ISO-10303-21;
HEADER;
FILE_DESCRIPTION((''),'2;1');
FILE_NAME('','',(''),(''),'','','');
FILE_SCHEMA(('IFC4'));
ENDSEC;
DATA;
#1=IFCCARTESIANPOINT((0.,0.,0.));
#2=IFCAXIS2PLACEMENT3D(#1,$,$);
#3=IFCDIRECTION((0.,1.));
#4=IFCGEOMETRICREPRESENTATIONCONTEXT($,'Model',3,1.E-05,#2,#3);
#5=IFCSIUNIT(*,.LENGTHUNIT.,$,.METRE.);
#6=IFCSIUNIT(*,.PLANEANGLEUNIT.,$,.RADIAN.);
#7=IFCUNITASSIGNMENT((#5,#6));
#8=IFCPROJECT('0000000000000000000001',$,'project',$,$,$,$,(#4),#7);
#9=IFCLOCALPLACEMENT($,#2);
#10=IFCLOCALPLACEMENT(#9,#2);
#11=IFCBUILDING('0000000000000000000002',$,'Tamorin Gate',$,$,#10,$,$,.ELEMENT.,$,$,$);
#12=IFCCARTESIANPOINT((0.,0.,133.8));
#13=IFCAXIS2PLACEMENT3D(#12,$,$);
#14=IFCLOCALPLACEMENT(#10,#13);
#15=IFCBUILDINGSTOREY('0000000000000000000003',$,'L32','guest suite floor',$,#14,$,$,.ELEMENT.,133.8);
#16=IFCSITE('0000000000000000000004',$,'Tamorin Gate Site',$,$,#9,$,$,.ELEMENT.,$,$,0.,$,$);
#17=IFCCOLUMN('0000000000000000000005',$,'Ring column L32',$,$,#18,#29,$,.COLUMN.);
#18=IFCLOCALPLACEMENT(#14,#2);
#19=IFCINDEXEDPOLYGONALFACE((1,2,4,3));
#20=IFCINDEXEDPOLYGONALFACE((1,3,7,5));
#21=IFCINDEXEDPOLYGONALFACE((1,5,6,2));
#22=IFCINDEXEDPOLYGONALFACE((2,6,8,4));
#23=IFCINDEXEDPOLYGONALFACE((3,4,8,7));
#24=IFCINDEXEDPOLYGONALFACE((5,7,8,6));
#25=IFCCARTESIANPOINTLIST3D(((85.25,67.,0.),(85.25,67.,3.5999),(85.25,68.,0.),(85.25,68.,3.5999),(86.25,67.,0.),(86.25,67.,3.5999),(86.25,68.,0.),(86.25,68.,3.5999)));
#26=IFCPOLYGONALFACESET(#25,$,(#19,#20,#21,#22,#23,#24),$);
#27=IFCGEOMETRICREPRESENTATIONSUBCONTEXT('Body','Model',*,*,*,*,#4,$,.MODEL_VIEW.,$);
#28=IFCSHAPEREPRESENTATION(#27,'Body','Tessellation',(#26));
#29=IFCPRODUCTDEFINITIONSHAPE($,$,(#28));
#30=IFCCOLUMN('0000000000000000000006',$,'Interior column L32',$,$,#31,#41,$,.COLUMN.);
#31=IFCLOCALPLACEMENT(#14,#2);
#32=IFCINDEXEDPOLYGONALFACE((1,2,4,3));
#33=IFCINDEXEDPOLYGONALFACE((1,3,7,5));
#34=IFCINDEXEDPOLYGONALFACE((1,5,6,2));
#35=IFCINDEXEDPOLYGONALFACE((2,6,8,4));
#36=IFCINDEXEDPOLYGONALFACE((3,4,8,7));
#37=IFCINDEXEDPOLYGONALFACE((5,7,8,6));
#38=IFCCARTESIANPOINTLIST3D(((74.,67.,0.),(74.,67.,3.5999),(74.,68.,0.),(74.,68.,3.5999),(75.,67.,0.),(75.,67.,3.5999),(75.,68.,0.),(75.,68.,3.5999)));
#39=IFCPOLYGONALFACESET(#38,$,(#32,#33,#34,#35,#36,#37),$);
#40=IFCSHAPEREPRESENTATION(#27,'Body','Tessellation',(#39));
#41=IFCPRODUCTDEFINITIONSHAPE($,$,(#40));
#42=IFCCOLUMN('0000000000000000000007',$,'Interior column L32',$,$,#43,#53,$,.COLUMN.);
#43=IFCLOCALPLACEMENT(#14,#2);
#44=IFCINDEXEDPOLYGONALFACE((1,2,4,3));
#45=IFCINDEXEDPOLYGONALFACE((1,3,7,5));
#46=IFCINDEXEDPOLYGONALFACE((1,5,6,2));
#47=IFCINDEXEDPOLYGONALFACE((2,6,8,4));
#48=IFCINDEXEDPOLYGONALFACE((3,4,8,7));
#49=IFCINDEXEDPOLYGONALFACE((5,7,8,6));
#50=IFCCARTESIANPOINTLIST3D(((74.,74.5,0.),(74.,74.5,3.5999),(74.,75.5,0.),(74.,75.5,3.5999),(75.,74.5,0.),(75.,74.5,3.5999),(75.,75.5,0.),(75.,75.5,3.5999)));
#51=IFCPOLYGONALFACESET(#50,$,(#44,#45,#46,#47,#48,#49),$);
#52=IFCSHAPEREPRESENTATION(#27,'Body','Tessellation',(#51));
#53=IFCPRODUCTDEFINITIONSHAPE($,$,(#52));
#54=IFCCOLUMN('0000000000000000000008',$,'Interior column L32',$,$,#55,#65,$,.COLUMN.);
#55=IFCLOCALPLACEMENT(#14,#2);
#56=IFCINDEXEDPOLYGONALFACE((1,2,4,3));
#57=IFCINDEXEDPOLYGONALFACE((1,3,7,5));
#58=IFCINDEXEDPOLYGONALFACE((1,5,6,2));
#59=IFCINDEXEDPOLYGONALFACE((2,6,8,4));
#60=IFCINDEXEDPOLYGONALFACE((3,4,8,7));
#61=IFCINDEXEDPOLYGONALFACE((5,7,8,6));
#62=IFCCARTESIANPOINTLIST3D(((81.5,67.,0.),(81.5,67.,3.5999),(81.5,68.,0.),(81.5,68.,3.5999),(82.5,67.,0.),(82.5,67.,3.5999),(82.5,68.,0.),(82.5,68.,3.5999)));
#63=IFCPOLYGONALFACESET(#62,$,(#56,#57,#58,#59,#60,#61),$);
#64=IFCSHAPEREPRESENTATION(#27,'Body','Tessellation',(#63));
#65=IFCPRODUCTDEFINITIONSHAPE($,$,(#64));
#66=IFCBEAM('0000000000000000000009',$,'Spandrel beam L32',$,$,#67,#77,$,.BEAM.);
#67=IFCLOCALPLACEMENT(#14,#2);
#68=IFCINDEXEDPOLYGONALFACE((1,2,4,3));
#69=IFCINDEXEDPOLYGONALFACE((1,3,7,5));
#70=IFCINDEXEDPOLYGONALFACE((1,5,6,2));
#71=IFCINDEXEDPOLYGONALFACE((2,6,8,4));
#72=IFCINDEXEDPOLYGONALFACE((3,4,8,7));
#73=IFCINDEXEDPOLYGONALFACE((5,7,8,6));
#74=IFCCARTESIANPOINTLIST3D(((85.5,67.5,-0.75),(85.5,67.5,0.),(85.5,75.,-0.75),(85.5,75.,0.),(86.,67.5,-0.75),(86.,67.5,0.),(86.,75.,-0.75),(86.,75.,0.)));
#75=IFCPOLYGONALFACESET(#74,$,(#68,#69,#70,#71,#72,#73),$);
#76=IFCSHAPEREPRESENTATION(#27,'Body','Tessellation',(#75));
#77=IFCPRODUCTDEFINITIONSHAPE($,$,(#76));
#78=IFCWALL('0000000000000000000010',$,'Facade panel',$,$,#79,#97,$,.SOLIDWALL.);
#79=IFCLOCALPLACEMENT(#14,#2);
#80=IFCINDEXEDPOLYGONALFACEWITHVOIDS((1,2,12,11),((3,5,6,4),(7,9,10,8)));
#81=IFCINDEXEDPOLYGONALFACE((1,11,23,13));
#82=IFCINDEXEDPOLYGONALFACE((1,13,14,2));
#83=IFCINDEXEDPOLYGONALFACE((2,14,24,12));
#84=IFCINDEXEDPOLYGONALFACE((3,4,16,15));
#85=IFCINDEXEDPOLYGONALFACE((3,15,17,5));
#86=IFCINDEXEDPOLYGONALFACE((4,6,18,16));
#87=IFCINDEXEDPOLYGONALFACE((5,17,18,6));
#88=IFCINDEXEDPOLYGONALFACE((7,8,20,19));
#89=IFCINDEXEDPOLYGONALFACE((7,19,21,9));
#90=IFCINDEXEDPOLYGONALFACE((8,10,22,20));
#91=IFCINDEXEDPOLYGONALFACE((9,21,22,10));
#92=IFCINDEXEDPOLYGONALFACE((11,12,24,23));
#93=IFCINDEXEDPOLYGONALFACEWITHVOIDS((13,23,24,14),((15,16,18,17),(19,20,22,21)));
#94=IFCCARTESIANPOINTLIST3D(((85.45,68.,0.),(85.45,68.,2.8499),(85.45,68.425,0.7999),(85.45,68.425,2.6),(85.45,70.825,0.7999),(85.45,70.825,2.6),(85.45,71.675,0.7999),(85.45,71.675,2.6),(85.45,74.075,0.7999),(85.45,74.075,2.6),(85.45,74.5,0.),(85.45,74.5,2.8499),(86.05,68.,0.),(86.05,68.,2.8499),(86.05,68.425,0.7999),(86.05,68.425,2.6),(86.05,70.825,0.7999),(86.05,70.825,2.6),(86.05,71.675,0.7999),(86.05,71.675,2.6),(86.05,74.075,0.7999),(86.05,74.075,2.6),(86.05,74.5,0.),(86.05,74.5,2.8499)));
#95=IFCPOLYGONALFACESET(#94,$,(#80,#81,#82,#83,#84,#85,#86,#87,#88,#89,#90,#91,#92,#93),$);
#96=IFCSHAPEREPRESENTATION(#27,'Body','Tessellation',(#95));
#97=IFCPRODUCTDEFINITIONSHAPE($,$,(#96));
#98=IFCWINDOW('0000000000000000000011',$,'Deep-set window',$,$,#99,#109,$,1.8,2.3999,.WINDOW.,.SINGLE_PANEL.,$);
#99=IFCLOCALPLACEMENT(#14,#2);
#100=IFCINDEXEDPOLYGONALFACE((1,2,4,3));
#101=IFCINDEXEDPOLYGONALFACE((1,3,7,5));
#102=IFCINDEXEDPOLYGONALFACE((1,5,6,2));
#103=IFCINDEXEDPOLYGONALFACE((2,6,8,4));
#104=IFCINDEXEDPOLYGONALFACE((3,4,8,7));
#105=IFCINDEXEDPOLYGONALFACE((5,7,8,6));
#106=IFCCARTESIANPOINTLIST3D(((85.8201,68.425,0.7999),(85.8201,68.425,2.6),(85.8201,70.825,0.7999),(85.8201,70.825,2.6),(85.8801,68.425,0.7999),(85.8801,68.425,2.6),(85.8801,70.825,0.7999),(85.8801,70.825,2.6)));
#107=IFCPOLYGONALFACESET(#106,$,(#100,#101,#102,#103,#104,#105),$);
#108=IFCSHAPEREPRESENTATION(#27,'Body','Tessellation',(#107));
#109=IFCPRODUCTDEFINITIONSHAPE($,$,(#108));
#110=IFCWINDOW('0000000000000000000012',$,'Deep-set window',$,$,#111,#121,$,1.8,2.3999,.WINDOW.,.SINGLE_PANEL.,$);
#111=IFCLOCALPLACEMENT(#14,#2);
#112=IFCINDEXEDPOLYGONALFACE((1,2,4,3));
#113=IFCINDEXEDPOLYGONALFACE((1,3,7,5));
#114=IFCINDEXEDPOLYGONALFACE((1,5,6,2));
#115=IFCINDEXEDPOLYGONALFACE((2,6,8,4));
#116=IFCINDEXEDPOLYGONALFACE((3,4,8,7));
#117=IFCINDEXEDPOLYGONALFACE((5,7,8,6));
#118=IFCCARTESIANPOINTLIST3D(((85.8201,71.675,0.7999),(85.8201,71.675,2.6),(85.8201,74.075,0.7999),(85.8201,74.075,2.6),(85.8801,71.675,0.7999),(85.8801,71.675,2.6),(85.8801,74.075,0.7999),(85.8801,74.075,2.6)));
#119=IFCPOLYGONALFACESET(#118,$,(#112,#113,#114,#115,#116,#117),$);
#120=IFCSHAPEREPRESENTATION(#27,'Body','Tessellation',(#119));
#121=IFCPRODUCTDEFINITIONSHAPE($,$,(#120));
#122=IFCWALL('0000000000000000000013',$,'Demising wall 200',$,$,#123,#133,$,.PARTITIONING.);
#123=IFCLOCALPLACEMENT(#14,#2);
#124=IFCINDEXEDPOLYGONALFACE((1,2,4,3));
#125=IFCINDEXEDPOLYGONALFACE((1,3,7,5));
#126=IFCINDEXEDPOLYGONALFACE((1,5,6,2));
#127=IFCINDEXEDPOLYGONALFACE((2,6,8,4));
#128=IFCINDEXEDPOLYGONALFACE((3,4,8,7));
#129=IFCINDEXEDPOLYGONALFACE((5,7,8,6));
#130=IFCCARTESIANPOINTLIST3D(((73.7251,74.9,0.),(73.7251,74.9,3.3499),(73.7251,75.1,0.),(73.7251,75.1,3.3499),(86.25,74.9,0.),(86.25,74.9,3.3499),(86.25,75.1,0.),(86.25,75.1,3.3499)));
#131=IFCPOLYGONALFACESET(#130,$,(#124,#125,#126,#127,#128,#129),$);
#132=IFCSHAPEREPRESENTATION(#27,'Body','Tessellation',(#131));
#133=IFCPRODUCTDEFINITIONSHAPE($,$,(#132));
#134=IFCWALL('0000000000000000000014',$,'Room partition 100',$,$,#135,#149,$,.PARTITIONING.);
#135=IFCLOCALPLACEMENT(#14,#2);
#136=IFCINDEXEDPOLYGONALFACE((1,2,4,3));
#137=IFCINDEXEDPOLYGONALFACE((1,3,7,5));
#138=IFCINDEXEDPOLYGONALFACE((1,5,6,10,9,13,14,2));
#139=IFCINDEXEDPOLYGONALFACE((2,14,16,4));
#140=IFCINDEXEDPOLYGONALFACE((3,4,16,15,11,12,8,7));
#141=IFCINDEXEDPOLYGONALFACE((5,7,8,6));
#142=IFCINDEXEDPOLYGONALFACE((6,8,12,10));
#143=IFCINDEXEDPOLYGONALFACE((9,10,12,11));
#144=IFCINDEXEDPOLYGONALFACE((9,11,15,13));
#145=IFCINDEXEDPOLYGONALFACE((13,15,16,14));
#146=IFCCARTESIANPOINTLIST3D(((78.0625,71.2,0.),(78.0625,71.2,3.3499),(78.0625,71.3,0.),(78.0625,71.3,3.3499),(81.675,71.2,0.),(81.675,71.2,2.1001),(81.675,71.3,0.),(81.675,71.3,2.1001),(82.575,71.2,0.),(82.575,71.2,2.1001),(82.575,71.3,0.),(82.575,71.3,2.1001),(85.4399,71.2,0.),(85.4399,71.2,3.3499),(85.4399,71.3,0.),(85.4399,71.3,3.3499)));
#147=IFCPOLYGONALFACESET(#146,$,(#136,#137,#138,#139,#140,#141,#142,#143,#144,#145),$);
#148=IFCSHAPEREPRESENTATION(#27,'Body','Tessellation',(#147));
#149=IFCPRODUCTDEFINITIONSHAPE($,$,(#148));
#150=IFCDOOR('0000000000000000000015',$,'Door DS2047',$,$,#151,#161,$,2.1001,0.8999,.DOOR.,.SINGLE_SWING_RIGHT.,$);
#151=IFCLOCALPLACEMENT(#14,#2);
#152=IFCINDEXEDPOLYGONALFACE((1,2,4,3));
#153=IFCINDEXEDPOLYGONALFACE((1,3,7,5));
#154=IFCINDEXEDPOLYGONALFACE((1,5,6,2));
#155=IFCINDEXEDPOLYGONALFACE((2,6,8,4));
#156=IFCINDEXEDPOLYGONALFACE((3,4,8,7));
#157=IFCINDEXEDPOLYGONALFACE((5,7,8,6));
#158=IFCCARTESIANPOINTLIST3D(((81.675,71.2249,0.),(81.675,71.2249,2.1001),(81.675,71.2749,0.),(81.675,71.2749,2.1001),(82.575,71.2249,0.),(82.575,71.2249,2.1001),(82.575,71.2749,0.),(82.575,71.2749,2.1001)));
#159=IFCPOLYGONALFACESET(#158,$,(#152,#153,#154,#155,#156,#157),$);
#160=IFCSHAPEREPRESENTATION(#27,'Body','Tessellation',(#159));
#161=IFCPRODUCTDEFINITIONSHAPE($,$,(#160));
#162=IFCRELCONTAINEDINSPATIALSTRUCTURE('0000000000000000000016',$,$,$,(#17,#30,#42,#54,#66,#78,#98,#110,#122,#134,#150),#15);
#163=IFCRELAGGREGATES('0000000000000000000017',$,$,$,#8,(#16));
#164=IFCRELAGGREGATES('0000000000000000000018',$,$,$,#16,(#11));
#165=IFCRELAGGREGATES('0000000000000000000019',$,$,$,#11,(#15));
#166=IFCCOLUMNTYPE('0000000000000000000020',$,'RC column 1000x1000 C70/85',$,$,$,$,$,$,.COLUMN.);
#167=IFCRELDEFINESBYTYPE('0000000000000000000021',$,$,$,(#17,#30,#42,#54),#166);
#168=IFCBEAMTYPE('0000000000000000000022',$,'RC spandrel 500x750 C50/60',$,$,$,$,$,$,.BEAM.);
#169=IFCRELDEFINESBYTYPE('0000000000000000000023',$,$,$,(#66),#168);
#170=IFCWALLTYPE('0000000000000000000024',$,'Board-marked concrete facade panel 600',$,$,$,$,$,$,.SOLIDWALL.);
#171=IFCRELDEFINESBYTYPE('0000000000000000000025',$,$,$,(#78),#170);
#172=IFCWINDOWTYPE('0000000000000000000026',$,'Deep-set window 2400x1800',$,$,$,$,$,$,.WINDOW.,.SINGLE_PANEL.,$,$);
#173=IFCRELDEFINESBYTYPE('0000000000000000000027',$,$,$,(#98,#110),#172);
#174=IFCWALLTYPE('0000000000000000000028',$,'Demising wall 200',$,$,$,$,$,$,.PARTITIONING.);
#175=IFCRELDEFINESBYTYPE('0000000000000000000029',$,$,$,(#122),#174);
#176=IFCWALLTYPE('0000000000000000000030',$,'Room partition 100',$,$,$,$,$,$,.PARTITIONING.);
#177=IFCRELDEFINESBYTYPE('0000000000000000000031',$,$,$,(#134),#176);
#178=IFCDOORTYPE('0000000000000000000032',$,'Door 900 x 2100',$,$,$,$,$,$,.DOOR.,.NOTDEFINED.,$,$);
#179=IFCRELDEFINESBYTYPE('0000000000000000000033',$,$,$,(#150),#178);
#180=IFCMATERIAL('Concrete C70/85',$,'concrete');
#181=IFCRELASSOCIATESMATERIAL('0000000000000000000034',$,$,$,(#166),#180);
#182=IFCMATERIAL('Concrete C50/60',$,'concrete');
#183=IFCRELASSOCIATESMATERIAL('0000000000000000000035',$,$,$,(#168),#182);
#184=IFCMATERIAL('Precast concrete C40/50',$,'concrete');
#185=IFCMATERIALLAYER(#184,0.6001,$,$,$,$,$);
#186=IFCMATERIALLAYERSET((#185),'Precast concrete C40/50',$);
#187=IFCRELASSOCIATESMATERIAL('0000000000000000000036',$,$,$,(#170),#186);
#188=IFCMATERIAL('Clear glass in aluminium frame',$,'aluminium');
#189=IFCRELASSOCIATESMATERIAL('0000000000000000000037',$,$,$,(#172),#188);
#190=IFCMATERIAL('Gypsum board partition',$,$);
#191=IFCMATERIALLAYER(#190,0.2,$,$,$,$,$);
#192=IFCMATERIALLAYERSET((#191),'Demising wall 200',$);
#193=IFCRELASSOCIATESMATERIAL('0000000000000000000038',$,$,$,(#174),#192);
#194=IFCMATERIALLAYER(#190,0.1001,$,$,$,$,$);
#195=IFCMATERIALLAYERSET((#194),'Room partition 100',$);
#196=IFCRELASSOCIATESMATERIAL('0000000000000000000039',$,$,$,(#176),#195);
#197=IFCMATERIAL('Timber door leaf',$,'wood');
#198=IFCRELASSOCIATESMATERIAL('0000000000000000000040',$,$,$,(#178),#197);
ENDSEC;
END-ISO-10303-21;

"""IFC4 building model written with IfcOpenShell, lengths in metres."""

from ifc_helpers import new_model, si_unit, direction, frame, frame_2d, origin, origin_2d, place, context, subcontext, project, spatial, rectangle, extrude, material, layer, layer_set, material_profile, profile_set, type_object, element, fill, save


model = new_model("IFC4")

# Units and contexts
model_context = context("Model", 3, precision=1e-05, world=origin(), true_north=direction((0.0, 1.0)))
body_context = subcontext(model_context, "Body", "Model", "MODEL_VIEW")
ifc_project = project(units=[si_unit("LENGTHUNIT", "METRE"), si_unit("PLANEANGLEUNIT", "RADIAN")], contexts=[model_context])

# Site, building, storey
site_placement = place(None, origin())
site = spatial("IfcSite", under=ifc_project, at=site_placement, Name="Tamorin Gate Site", CompositionType="ELEMENT", RefElevation=0.0)
building_placement = place(site_placement, origin())
building = spatial("IfcBuilding", under=site, at=building_placement, Name="Tamorin Gate", CompositionType="ELEMENT")
storey_placement = place(building_placement, frame((0.0, 0.0, 133.8)))
storey = spatial("IfcBuildingStorey", under=building, at=storey_placement, Name="L32", Description="guest suite floor", CompositionType="ELEMENT", Elevation=133.8)

# Columns
ifc_material_1 = material(Name="Concrete C70/85", Category="concrete")
ifc_material_profile_1 = material_profile(ifc_material_1, rectangle(XDim=1.0, YDim=1.0, at=origin_2d()), Name="RC 1000x1000")
ifc_profile_set_1 = profile_set([ifc_material_profile_1], Name="Concrete C70/85")
column_type = type_object("IfcColumnType", Name="RC column 1000x1000 C70/85", PredefinedType="COLUMN", material=ifc_profile_set_1)
for number, where, z_axis, x_axis, name in (
    (1, (85.75, 67.5, 0.0), (0.0, 0.0, 1.0), (1.0, 0.0, 0.0), "Ring column L32"),
    (2, (74.5, 67.5, 0.0), (0.0, 0.0, 1.0), (1.0, 0.0, 0.0), "Interior column L32"),
    (3, (74.5, 75.0, 0.0), (0.0, 0.0, 1.0), (1.0, 0.0, 0.0), "Interior column L32"),
    (4, (82.0, 67.5, 0.0), (0.0, 0.0, 1.0), (1.0, 0.0, 0.0), "Interior column L32"),
):
    element("IfcColumn", number, at=place(storey_placement, frame(where, z_axis=z_axis, x_axis=x_axis)), inside=storey, type_object=column_type, Name=name, PredefinedType="COLUMN", context=body_context, shape_type="SweptSolid", body=[
        extrude(rectangle(XDim=1.0, YDim=1.0, at=origin_2d()), origin(), (0.0, 0.0, 1.0), 3.5999),
    ])

# Beam
ifc_material_2 = material(Name="Concrete C50/60", Category="concrete")
ifc_material_profile_2 = material_profile(ifc_material_2, rectangle(XDim=0.5, YDim=0.75, at=origin_2d()), Name="RC 500x750")
ifc_profile_set_2 = profile_set([ifc_material_profile_2], Name="Concrete C50/60")
beam_type = type_object("IfcBeamType", Name="RC spandrel 500x750 C50/60", PredefinedType="BEAM", material=ifc_profile_set_2)
beam_placement = place(storey_placement, frame((85.75, 67.5, -0.375), z_axis=(0.0, 1.0, 0.0), x_axis=(-1.0, 0.0, 0.0)))
element("IfcBeam", 5, at=beam_placement, inside=storey, type_object=beam_type, Name="Spandrel beam L32", PredefinedType="BEAM", context=body_context, shape_type="SweptSolid", body=[
    extrude(rectangle(XDim=0.5, YDim=0.75, at=origin_2d()), origin(), (0.0, 0.0, 1.0), 7.5),
])

# Wall, openings, windows
ifc_material_3 = material(Name="Precast concrete C40/50", Category="concrete")
ifc_layer_1 = layer(ifc_material_3, 0.6001)
ifc_layer_set_1 = layer_set([ifc_layer_1], Name="Precast concrete C40/50")
wall_type_1 = type_object("IfcWallType", Name="Board-marked concrete facade panel 600", PredefinedType="SOLIDWALL", material=ifc_layer_set_1)
wall_1_placement = place(storey_placement, frame((85.75, 68.0, 0.0), z_axis=(0.0, 0.0, 1.0), x_axis=(0.0, 1.0, 0.0)))
wall_1 = element("IfcWall", 6, at=wall_1_placement, inside=storey, type_object=wall_type_1, Name="Facade panel", PredefinedType="SOLIDWALL", context=body_context, shape_type="SweptSolid", body=[
    extrude(rectangle(XDim=6.5, YDim=0.6001, at=frame_2d((3.25, 0.0))), origin(), (0.0, 0.0, 1.0), 2.8499),
])
opening_1_placement = place(wall_1_placement, frame((0.425, 0.0, 0.8)))
opening_1 = element("IfcOpeningElement", 7, at=opening_1_placement, cuts=wall_1, PredefinedType="OPENING", context=body_context, shape_type="SweptSolid", body=[
    extrude(rectangle(XDim=2.3999, YDim=1.8, at=frame_2d((1.2, 0.8999))), frame((0.0, 0.3101, 0.0), z_axis=(0.0, -1.0, 0.0), x_axis=(1.0, 0.0, 0.0)), (0.0, 0.0, 1.0), 0.6201),
])
opening_2_placement = place(wall_1_placement, frame((3.675, 0.0, 0.8)))
opening_2 = element("IfcOpeningElement", 8, at=opening_2_placement, cuts=wall_1, PredefinedType="OPENING", context=body_context, shape_type="SweptSolid", body=[
    extrude(rectangle(XDim=2.3999, YDim=1.8, at=frame_2d((1.2, 0.8999))), frame((0.0, 0.3101, 0.0), z_axis=(0.0, -1.0, 0.0), x_axis=(1.0, 0.0, 0.0)), (0.0, 0.0, 1.0), 0.6201),
])
ifc_material_4 = material(Name="Clear glass in aluminium frame", Category="aluminium")
window_type = type_object("IfcWindowType", Name="Deep-set window 2400x1800", PartitioningType="SINGLE_PANEL", PredefinedType="WINDOW", material=ifc_material_4)
window_1_placement = place(opening_1_placement, origin())
window_1 = element("IfcWindow", 9, at=window_1_placement, inside=storey, type_object=window_type, Name="Deep-set window", OverallHeight=1.8, OverallWidth=2.3999, PartitioningType="SINGLE_PANEL", PredefinedType="WINDOW", context=body_context, shape_type="SweptSolid", body=[
    extrude(rectangle(XDim=2.3999, YDim=1.8, at=frame_2d((1.2, 0.8999))), frame((0.0, -0.0701, 0.0), z_axis=(0.0, -1.0, 0.0), x_axis=(1.0, 0.0, 0.0)), (0.0, 0.0, 1.0), 0.0601),
])
fill(opening_1, window_1)
window_2_placement = place(opening_2_placement, origin())
window_2 = element("IfcWindow", 10, at=window_2_placement, inside=storey, type_object=window_type, Name="Deep-set window", OverallHeight=1.8, OverallWidth=2.3999, PartitioningType="SINGLE_PANEL", PredefinedType="WINDOW", context=body_context, shape_type="SweptSolid", body=[
    extrude(rectangle(XDim=2.3999, YDim=1.8, at=frame_2d((1.2, 0.8999))), frame((0.0, -0.0701, 0.0), z_axis=(0.0, -1.0, 0.0), x_axis=(1.0, 0.0, 0.0)), (0.0, 0.0, 1.0), 0.0601),
])
fill(opening_2, window_2)

# Wall
ifc_material_5 = material(Name="Gypsum board partition")
ifc_layer_2 = layer(ifc_material_5, 0.2)
ifc_layer_set_2 = layer_set([ifc_layer_2], Name="Demising wall 200")
wall_type_2 = type_object("IfcWallType", Name="Demising wall 200", PredefinedType="PARTITIONING", material=ifc_layer_set_2)
wall_2_placement = place(storey_placement, frame((73.7251, 75.0, 0.0), z_axis=(0.0, 0.0, 1.0), x_axis=(1.0, 0.0, 0.0)))
element("IfcWall", 11, at=wall_2_placement, inside=storey, type_object=wall_type_2, Name="Demising wall 200", PredefinedType="PARTITIONING", context=body_context, shape_type="SweptSolid", body=[
    extrude(rectangle(XDim=12.5249, YDim=0.2, at=frame_2d((6.2625, 0.0))), origin(), (0.0, 0.0, 1.0), 3.3499),
])

# Wall, opening, door
ifc_layer_3 = layer(ifc_material_5, 0.1001)
ifc_layer_set_3 = layer_set([ifc_layer_3], Name="Room partition 100")
wall_type_3 = type_object("IfcWallType", Name="Room partition 100", PredefinedType="PARTITIONING", material=ifc_layer_set_3)
wall_3_placement = place(storey_placement, frame((78.0625, 71.25, 0.0), z_axis=(0.0, 0.0, 1.0), x_axis=(1.0, 0.0, 0.0)))
wall_3 = element("IfcWall", 12, at=wall_3_placement, inside=storey, type_object=wall_type_3, Name="Room partition 100", PredefinedType="PARTITIONING", context=body_context, shape_type="SweptSolid", body=[
    extrude(rectangle(XDim=7.3774, YDim=0.1001, at=frame_2d((3.6887, 0.0))), origin(), (0.0, 0.0, 1.0), 3.3499),
])
opening_3_placement = place(wall_3_placement, frame((3.6125, 0.0, 0.0)))
opening_3 = element("IfcOpeningElement", 13, at=opening_3_placement, cuts=wall_3, PredefinedType="OPENING", context=body_context, shape_type="SweptSolid", body=[
    extrude(rectangle(XDim=0.8999, YDim=2.1001, at=frame_2d((0.45, 1.05))), frame((0.0, 0.0601, 0.0), z_axis=(0.0, -1.0, 0.0), x_axis=(1.0, 0.0, 0.0)), (0.0, 0.0, 1.0), 0.1201),
])
ifc_material_6 = material(Name="Timber door leaf", Category="wood")
door_type = type_object("IfcDoorType", Name="Door 900 x 2100", OperationType="NOTDEFINED", PredefinedType="DOOR", material=ifc_material_6)
door_1_placement = place(opening_3_placement, origin())
door_1 = element("IfcDoor", 14, at=door_1_placement, inside=storey, type_object=door_type, Name="Door DS2047", OperationType="SINGLE_SWING_RIGHT", OverallHeight=2.1001, OverallWidth=0.8999, PredefinedType="DOOR", context=body_context, shape_type="SweptSolid", body=[
    extrude(rectangle(XDim=0.8999, YDim=2.1001, at=frame_2d((0.45, 1.05))), frame((0.0, 0.0249, 0.0), z_axis=(0.0, -1.0, 0.0), x_axis=(1.0, 0.0, 0.0)), (0.0, 0.0, 1.0), 0.05),
])
fill(opening_3, door_1)

save(model, "model.ifc")
